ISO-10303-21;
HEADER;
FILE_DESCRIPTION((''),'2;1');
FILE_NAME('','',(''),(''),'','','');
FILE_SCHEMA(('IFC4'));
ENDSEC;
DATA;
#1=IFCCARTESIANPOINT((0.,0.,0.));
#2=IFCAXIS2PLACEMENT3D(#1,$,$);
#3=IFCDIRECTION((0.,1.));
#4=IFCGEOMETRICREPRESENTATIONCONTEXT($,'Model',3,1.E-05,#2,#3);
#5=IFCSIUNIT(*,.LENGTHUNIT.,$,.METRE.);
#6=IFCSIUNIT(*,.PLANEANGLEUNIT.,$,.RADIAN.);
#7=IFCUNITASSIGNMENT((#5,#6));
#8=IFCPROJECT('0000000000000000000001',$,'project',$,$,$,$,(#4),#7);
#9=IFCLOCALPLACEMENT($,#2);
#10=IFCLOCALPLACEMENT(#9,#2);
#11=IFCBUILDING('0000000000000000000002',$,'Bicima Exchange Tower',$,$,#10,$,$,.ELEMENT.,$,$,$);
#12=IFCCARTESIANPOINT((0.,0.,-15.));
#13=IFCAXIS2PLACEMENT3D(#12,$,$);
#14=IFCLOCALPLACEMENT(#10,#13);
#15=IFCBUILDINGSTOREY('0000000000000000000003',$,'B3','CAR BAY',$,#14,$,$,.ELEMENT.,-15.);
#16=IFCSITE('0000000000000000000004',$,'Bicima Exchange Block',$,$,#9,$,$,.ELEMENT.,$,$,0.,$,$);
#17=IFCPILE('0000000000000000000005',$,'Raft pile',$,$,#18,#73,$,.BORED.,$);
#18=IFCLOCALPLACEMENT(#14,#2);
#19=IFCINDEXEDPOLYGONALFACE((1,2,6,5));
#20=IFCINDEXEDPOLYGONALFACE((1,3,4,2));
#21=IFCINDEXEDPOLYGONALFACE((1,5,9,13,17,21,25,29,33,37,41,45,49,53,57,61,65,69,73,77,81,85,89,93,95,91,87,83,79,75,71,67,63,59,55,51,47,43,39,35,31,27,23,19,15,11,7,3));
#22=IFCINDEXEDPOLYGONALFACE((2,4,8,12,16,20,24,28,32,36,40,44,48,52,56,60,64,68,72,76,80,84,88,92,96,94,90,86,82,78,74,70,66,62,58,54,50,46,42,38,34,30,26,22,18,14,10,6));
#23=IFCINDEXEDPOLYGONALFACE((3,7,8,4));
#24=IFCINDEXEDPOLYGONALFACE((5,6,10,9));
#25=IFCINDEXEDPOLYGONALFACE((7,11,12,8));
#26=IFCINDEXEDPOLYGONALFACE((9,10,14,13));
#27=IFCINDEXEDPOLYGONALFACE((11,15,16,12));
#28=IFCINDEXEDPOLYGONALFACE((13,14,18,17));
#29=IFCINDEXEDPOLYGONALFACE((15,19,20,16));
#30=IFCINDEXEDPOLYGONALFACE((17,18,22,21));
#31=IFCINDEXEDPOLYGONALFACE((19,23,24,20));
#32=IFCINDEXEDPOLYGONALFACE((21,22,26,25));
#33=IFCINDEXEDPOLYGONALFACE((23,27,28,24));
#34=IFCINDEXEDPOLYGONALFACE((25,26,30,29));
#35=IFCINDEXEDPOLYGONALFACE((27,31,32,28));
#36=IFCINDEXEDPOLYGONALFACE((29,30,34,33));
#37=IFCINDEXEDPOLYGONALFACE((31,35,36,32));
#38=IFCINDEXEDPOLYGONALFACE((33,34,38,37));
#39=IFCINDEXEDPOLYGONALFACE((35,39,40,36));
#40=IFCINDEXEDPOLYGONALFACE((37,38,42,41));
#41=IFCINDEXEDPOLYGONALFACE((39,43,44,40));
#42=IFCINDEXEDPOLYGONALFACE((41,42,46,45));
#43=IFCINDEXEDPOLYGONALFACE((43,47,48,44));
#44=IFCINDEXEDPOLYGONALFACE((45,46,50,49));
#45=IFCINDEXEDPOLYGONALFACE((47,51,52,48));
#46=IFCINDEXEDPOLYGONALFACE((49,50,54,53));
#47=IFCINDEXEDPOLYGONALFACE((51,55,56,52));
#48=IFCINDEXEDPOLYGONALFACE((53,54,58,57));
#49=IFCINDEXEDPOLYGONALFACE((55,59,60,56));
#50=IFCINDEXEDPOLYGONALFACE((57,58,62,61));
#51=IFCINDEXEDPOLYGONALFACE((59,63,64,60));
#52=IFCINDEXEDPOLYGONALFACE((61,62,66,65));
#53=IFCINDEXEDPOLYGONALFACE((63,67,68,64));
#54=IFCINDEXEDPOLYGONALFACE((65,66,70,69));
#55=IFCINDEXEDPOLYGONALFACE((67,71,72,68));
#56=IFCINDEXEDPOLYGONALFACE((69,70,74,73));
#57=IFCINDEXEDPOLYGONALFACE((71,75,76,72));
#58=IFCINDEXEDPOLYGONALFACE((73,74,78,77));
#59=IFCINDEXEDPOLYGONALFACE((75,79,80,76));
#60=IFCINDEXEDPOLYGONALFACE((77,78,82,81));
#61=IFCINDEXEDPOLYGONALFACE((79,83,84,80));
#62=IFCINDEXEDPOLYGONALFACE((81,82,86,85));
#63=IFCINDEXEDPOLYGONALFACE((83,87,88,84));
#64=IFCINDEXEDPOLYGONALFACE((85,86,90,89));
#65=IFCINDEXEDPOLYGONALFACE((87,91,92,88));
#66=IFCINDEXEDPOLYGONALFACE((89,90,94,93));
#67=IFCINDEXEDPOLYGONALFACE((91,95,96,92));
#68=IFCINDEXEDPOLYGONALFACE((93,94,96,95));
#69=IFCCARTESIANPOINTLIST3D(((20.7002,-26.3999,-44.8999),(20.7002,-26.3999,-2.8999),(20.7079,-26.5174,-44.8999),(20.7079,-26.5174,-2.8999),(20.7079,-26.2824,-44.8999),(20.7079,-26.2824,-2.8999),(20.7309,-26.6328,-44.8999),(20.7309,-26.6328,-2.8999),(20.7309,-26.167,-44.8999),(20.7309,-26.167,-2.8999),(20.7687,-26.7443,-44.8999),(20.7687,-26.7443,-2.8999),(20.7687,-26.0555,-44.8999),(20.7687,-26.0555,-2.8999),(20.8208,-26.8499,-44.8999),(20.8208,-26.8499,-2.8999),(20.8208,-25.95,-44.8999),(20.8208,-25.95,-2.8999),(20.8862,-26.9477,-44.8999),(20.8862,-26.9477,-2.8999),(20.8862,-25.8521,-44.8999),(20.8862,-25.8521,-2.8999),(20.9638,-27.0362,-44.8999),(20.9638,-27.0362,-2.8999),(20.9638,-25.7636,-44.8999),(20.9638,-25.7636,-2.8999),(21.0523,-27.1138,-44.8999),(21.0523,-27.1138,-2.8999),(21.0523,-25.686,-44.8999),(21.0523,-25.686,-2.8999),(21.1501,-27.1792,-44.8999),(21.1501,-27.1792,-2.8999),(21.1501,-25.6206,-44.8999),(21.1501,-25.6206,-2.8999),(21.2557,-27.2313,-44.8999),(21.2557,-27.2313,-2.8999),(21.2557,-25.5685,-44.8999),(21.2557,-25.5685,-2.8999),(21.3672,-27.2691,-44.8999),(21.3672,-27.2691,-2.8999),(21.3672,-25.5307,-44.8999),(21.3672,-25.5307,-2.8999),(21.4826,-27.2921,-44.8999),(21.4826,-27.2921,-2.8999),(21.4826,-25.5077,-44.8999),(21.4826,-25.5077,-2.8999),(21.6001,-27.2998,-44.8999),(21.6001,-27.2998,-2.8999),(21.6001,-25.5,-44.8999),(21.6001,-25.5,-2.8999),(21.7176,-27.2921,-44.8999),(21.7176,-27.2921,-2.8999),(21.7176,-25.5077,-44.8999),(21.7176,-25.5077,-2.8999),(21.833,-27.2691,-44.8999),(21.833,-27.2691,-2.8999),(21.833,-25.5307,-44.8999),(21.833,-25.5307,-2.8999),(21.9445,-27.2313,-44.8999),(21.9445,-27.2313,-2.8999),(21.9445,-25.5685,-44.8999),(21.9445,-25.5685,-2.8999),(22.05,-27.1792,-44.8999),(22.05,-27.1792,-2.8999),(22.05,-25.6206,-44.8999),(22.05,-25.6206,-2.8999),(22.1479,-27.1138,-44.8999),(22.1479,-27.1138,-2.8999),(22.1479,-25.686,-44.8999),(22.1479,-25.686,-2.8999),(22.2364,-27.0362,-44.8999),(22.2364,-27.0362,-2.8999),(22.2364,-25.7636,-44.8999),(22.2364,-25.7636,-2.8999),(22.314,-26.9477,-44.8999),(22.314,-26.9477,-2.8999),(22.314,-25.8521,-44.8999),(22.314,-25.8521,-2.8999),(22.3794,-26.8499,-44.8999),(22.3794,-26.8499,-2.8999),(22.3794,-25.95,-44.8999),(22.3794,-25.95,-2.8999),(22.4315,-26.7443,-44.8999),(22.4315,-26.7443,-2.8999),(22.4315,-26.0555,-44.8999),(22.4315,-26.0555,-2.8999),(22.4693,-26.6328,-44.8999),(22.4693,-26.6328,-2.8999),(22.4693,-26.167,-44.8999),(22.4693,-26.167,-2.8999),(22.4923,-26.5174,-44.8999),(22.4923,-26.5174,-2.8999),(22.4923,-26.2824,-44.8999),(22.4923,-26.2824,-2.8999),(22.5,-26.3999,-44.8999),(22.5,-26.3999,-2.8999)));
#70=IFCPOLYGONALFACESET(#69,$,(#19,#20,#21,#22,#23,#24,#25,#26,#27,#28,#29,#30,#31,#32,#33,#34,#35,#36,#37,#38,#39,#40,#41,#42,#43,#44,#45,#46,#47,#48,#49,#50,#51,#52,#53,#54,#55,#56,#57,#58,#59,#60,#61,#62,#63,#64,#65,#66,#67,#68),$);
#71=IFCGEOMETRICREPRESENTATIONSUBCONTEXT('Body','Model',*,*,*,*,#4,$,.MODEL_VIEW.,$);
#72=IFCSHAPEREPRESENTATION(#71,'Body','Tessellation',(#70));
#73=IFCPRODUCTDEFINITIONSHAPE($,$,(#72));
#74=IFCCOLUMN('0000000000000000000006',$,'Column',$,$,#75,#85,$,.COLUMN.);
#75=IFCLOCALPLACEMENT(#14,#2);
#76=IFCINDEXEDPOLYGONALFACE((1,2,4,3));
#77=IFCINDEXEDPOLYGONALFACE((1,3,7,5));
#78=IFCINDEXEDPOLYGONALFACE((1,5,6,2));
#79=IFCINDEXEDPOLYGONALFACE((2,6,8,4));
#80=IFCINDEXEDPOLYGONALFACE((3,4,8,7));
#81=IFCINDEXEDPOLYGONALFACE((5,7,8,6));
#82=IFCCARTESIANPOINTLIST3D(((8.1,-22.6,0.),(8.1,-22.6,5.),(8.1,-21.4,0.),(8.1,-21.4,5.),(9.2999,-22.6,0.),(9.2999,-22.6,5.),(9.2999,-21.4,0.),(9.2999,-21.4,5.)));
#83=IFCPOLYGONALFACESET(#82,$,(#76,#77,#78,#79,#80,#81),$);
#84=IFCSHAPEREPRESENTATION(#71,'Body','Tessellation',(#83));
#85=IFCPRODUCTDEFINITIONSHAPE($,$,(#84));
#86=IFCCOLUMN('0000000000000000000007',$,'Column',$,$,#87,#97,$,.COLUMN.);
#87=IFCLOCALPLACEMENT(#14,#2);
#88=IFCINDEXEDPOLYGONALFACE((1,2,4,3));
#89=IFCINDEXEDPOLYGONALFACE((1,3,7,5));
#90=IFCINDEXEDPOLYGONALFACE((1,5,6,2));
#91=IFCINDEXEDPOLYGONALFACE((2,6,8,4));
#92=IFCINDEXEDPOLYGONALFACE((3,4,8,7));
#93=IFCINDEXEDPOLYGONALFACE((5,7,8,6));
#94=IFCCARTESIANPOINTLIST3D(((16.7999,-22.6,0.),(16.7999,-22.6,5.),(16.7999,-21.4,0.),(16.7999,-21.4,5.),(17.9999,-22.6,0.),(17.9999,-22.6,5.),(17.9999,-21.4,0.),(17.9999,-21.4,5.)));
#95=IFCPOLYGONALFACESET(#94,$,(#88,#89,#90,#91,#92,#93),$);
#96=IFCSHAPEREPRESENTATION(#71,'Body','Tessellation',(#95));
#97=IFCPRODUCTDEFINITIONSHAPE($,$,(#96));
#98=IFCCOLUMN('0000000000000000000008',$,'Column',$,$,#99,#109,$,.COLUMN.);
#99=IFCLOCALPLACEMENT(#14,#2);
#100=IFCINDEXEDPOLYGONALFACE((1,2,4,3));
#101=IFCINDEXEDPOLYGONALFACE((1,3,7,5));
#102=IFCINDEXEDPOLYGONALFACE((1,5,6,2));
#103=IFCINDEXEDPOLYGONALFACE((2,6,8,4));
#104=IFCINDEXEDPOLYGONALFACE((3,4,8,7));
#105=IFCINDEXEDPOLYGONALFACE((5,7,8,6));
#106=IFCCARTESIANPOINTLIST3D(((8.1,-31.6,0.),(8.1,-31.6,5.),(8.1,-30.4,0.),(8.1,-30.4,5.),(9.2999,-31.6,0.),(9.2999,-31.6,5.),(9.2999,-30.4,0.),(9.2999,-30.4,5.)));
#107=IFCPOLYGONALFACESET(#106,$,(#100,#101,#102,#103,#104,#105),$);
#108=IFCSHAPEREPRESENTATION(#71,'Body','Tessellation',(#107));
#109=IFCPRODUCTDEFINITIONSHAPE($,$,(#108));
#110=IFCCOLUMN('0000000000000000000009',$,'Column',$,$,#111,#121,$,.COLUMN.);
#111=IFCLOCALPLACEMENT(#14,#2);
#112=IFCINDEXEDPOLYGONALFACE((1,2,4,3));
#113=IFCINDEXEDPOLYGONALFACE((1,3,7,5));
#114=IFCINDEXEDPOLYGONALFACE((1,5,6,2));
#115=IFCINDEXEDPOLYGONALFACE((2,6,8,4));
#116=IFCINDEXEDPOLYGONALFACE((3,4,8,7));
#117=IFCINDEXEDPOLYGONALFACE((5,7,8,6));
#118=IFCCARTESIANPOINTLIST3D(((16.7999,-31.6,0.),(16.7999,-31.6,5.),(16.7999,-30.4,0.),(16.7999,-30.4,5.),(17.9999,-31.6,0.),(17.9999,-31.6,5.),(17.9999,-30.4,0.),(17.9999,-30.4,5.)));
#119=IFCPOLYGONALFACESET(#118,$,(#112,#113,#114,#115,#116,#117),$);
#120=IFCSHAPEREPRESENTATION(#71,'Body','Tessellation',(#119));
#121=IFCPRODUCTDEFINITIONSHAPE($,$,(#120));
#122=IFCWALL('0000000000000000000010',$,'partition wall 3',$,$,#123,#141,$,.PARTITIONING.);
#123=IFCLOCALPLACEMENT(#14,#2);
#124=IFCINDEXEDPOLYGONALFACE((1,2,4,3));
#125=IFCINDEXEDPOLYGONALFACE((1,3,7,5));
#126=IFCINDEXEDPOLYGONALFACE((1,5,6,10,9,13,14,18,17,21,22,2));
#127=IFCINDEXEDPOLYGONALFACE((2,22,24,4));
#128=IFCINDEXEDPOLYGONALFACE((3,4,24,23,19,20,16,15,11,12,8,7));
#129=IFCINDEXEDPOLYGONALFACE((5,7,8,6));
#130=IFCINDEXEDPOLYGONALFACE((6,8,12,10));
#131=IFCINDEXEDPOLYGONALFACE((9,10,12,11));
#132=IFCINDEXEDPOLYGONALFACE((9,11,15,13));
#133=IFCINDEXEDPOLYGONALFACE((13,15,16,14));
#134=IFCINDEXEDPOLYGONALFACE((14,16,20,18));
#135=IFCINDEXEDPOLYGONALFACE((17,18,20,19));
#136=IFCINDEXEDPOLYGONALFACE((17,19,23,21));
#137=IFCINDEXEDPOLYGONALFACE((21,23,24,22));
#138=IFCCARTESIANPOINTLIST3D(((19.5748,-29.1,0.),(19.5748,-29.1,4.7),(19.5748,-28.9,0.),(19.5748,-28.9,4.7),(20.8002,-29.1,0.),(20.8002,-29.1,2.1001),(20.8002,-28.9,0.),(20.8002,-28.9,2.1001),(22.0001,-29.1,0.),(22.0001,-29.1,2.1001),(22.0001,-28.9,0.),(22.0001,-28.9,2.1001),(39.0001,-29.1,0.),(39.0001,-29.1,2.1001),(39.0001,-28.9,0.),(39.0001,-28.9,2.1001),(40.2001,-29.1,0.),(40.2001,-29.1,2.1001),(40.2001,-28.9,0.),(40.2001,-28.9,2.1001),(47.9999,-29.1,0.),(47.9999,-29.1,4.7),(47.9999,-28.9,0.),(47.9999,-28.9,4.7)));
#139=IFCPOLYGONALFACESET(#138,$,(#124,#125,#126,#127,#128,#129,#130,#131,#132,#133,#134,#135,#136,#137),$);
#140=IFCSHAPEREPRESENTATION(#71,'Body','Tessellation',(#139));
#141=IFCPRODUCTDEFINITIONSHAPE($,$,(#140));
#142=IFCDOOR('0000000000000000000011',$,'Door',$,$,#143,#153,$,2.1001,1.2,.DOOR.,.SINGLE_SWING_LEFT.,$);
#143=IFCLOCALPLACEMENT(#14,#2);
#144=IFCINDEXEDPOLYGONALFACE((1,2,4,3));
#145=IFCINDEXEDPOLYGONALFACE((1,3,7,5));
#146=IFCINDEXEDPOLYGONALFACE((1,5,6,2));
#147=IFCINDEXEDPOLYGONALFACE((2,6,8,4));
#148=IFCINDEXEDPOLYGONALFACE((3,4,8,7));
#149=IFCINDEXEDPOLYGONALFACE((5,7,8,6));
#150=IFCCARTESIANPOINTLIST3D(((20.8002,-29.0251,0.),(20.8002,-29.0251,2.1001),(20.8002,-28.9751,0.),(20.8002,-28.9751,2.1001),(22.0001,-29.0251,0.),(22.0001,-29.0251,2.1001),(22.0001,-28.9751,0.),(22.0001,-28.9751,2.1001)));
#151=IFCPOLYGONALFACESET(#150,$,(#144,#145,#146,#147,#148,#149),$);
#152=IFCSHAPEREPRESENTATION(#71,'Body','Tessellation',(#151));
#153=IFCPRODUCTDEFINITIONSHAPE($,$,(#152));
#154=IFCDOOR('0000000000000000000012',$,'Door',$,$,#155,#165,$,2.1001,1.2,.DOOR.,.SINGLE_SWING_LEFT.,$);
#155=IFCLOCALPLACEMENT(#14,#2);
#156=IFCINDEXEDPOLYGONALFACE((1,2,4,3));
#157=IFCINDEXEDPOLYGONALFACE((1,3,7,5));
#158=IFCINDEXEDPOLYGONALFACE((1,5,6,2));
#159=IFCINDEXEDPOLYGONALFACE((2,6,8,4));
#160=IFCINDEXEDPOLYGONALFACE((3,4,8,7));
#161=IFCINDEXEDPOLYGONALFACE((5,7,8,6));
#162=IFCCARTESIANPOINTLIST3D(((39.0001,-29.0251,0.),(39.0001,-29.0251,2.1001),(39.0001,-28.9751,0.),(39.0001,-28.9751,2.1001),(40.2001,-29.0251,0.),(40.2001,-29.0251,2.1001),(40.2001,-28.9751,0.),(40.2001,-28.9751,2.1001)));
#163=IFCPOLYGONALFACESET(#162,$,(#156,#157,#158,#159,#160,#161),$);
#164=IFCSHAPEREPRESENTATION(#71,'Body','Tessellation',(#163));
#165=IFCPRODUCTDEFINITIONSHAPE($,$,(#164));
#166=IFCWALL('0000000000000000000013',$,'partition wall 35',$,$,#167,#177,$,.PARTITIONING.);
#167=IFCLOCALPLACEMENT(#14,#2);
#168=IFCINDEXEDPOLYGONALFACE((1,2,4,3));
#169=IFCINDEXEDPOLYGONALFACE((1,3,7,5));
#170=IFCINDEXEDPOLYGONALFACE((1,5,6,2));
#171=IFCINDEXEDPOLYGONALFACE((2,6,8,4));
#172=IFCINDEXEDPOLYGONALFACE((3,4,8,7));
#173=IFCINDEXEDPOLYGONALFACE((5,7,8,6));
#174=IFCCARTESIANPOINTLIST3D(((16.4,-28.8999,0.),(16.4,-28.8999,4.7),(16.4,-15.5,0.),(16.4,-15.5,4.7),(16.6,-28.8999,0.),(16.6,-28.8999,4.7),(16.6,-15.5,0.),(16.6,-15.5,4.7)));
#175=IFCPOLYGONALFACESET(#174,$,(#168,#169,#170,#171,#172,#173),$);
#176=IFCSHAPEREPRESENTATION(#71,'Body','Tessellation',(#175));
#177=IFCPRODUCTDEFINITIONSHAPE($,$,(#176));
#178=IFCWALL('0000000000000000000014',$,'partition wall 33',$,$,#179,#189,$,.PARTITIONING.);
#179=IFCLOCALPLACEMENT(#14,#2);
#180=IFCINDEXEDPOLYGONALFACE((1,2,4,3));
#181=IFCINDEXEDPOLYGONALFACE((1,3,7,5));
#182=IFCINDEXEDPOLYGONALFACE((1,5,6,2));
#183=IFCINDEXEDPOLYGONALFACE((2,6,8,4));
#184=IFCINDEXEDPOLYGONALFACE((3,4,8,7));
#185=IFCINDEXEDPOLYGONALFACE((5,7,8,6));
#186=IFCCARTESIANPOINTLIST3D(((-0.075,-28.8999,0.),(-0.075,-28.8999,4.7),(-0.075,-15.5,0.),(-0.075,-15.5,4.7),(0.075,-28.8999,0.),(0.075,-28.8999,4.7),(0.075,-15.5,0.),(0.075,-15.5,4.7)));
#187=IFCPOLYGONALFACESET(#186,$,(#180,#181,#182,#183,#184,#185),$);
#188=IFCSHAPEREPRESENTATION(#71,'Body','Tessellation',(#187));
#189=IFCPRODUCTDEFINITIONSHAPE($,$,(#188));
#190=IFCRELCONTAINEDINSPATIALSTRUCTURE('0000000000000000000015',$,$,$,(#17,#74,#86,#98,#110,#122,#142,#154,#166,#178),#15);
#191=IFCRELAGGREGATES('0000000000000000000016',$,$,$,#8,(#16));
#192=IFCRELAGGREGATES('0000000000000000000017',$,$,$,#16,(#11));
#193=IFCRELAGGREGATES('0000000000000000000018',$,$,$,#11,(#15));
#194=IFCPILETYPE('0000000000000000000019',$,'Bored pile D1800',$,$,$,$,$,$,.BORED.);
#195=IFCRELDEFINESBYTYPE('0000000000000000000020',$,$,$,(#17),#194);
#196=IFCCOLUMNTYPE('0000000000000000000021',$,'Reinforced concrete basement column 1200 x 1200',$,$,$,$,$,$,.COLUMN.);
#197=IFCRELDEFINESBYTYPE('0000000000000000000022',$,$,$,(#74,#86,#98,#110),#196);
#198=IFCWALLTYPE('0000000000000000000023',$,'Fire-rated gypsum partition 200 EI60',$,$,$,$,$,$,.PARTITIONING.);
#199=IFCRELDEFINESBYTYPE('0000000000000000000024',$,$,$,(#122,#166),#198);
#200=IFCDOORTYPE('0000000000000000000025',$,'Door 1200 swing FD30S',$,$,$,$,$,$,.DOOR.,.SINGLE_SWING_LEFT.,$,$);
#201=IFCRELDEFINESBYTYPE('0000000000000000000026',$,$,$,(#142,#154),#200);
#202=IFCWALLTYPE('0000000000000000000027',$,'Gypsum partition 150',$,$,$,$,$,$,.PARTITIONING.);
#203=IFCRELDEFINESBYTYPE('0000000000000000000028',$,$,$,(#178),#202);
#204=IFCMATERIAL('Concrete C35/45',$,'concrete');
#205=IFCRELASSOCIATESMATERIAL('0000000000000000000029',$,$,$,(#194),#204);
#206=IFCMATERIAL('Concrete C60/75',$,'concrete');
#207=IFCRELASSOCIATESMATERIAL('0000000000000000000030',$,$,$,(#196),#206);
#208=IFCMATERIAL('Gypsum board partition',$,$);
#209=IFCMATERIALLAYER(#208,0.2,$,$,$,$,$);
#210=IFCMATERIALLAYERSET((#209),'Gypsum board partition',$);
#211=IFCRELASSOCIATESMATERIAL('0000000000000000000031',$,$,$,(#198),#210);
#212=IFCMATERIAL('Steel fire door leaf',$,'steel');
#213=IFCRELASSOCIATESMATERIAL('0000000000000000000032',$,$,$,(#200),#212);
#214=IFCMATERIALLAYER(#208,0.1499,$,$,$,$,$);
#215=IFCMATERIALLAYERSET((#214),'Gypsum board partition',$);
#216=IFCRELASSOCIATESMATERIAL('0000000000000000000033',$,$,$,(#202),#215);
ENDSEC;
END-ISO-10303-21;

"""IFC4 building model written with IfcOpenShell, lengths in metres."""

from ifc_helpers import new_model, si_unit, direction, frame, frame_2d, origin, origin_2d, place, context, subcontext, project, spatial, rectangle, circle, extrude, material, layer, layer_set, material_profile, profile_set, type_object, element, fill, save


model = new_model("IFC4")

# Units and contexts
model_context = context("Model", 3, precision=1e-05, world=origin(), true_north=direction((0.0, 1.0)))
body_context = subcontext(model_context, "Body", "Model", "MODEL_VIEW")
ifc_project = project(units=[si_unit("LENGTHUNIT", "METRE"), si_unit("PLANEANGLEUNIT", "RADIAN")], contexts=[model_context])

# Site, building, storey
site_placement = place(None, origin())
site = spatial("IfcSite", under=ifc_project, at=site_placement, Name="Bicima Exchange Block", CompositionType="ELEMENT", RefElevation=0.0)
building_placement = place(site_placement, origin())
building = spatial("IfcBuilding", under=site, at=building_placement, Name="Bicima Exchange Tower", CompositionType="ELEMENT")
storey_placement = place(building_placement, frame((0.0, 0.0, -15.0)))
storey = spatial("IfcBuildingStorey", under=building, at=storey_placement, Name="B3", Description="CAR BAY", CompositionType="ELEMENT", Elevation=-15.0)

# Pile
ifc_material_1 = material(Name="Concrete C35/45", Category="concrete")
ifc_material_profile_1 = material_profile(ifc_material_1, circle(Radius=0.8999, at=origin_2d()))
ifc_profile_set_1 = profile_set([ifc_material_profile_1], Name="Concrete C35/45")
pile_type = type_object("IfcPileType", Name="Bored pile D1800", PredefinedType="BORED", material=ifc_profile_set_1)
for number, where, z_axis, x_axis, name in (
    (1, (21.6001, -26.3999, -2.8999), (0.0, 0.0, -1.0), (1.0, 0.0, 0.0), "Raft pile"),
):
    element("IfcPile", number, at=place(storey_placement, frame(where, z_axis=z_axis, x_axis=x_axis)), inside=storey, type_object=pile_type, Name=name, PredefinedType="BORED", context=body_context, shape_type="SweptSolid", body=[
        extrude(circle(Radius=0.8999, at=origin_2d()), origin(), (0.0, 0.0, 1.0), 42.0),
    ])

# Columns
ifc_material_2 = material(Name="Concrete C60/75", Category="concrete")
ifc_material_profile_2 = material_profile(ifc_material_2, rectangle(XDim=1.2, YDim=1.2, at=origin_2d()))
ifc_profile_set_2 = profile_set([ifc_material_profile_2], Name="Concrete C60/75")
column_type = type_object("IfcColumnType", Name="Reinforced concrete basement column 1200 x 1200", PredefinedType="COLUMN", material=ifc_profile_set_2)
for number, where, z_axis, x_axis, name in (
    (2, (8.7, -22.0, 0.0), (0.0, 0.0, 1.0), (1.0, 0.0, 0.0), "Column"),
    (3, (17.3999, -22.0, 0.0), (0.0, 0.0, 1.0), (1.0, 0.0, 0.0), "Column"),
    (4, (8.7, -31.0, 0.0), (0.0, 0.0, 1.0), (1.0, 0.0, 0.0), "Column"),
    (5, (17.3999, -31.0, 0.0), (0.0, 0.0, 1.0), (1.0, 0.0, 0.0), "Column"),
):
    element("IfcColumn", number, at=place(storey_placement, frame(where, z_axis=z_axis, x_axis=x_axis)), inside=storey, type_object=column_type, Name=name, PredefinedType="COLUMN", context=body_context, shape_type="SweptSolid", body=[
        extrude(rectangle(XDim=1.2, YDim=1.2, at=origin_2d()), origin(), (0.0, 0.0, 1.0), 5.0),
    ])

# Wall, openings, doors
ifc_material_3 = material(Name="Gypsum board partition")
ifc_layer_1 = layer(ifc_material_3, 0.2)
ifc_layer_set_1 = layer_set([ifc_layer_1], Name="Gypsum board partition")
wall_type_1 = type_object("IfcWallType", Name="Fire-rated gypsum partition 200 EI60", PredefinedType="PARTITIONING", material=ifc_layer_set_1)
wall_1_placement = place(storey_placement, frame((19.575, -29.0, 0.0), z_axis=(0.0, 0.0, 1.0), x_axis=(1.0, 0.0, 0.0)))
wall_1 = element("IfcWall", 6, at=wall_1_placement, inside=storey, type_object=wall_type_1, Name="partition wall 3", PredefinedType="PARTITIONING", context=body_context, shape_type="SweptSolid", body=[
    extrude(rectangle(XDim=28.425, YDim=0.2, at=frame_2d((14.2124, 0.0))), origin(), (0.0, 0.0, 1.0), 4.7),
])
opening_1_placement = place(wall_1_placement, frame((1.2251, 0.0, 0.0)))
opening_1 = element("IfcOpeningElement", 7, at=opening_1_placement, cuts=wall_1, PredefinedType="OPENING", context=body_context, shape_type="SweptSolid", body=[
    extrude(rectangle(XDim=1.2, YDim=2.1001, at=frame_2d((0.6001, 1.05))), frame((0.0, 0.1118, 0.0), z_axis=(0.0, -1.0, 0.0), x_axis=(1.0, 0.0, 0.0)), (0.0, 0.0, 1.0), 0.2239),
])
opening_2_placement = place(wall_1_placement, frame((19.425, 0.0, 0.0)))
opening_2 = element("IfcOpeningElement", 8, at=opening_2_placement, cuts=wall_1, PredefinedType="OPENING", context=body_context, shape_type="SweptSolid", body=[
    extrude(rectangle(XDim=1.2, YDim=2.1001, at=frame_2d((0.6001, 1.05))), frame((0.0, 0.1118, 0.0), z_axis=(0.0, -1.0, 0.0), x_axis=(1.0, 0.0, 0.0)), (0.0, 0.0, 1.0), 0.2239),
])
ifc_material_4 = material(Name="Steel fire door leaf", Category="steel")
door_type_1 = type_object("IfcDoorType", Name="Door 1200 swing FD30S", OperationType="SINGLE_SWING_LEFT", PredefinedType="DOOR", material=ifc_material_4)
door_1_placement = place(opening_1_placement, origin())
door_1 = element("IfcDoor", 9, at=door_1_placement, inside=storey, type_object=door_type_1, Name="Door", OperationType="SINGLE_SWING_LEFT", OverallHeight=2.1001, OverallWidth=1.2, PredefinedType="DOOR", context=body_context, shape_type="SweptSolid", body=[
    extrude(rectangle(XDim=1.2, YDim=2.1001, at=frame_2d((0.6001, 1.05))), frame((0.0, 0.0249, 0.0), z_axis=(0.0, -1.0, 0.0), x_axis=(1.0, 0.0, 0.0)), (0.0, 0.0, 1.0), 0.05),
])
fill(opening_1, door_1)
door_2_placement = place(opening_2_placement, origin())
door_2 = element("IfcDoor", 10, at=door_2_placement, inside=storey, type_object=door_type_1, Name="Door", OperationType="SINGLE_SWING_LEFT", OverallHeight=2.1001, OverallWidth=1.2, PredefinedType="DOOR", context=body_context, shape_type="SweptSolid", body=[
    extrude(rectangle(XDim=1.2, YDim=2.1001, at=frame_2d((0.6001, 1.05))), frame((0.0, 0.0249, 0.0), z_axis=(0.0, -1.0, 0.0), x_axis=(1.0, 0.0, 0.0)), (0.0, 0.0, 1.0), 0.05),
])
fill(opening_2, door_2)

# Walls
wall_2_placement = place(storey_placement, frame((16.5, -28.8999, 0.0), z_axis=(0.0, 0.0, 1.0), x_axis=(0.0, 1.0, 0.0)))
element("IfcWall", 11, at=wall_2_placement, inside=storey, type_object=wall_type_1, Name="partition wall 35", PredefinedType="PARTITIONING", context=body_context, shape_type="SweptSolid", body=[
    extrude(rectangle(XDim=13.3999, YDim=0.2, at=frame_2d((6.7, 0.0))), origin(), (0.0, 0.0, 1.0), 4.7),
])
ifc_layer_2 = layer(ifc_material_3, 0.1499)
ifc_layer_set_2 = layer_set([ifc_layer_2], Name="Gypsum board partition")
wall_type_2 = type_object("IfcWallType", Name="Gypsum partition 150", PredefinedType="PARTITIONING", material=ifc_layer_set_2)
for number, where, z_axis, x_axis, name in (
    (12, (0.0, -28.8999, 0.0), (0.0, 0.0, 1.0), (0.0, 1.0, 0.0), "partition wall 33"),
):
    element("IfcWall", number, at=place(storey_placement, frame(where, z_axis=z_axis, x_axis=x_axis)), inside=storey, type_object=wall_type_2, Name=name, PredefinedType="PARTITIONING", context=body_context, shape_type="SweptSolid", body=[
        extrude(rectangle(XDim=13.3999, YDim=0.1499, at=frame_2d((6.7, 0.0))), origin(), (0.0, 0.0, 1.0), 4.7),
    ])

save(model, "model.ifc")
